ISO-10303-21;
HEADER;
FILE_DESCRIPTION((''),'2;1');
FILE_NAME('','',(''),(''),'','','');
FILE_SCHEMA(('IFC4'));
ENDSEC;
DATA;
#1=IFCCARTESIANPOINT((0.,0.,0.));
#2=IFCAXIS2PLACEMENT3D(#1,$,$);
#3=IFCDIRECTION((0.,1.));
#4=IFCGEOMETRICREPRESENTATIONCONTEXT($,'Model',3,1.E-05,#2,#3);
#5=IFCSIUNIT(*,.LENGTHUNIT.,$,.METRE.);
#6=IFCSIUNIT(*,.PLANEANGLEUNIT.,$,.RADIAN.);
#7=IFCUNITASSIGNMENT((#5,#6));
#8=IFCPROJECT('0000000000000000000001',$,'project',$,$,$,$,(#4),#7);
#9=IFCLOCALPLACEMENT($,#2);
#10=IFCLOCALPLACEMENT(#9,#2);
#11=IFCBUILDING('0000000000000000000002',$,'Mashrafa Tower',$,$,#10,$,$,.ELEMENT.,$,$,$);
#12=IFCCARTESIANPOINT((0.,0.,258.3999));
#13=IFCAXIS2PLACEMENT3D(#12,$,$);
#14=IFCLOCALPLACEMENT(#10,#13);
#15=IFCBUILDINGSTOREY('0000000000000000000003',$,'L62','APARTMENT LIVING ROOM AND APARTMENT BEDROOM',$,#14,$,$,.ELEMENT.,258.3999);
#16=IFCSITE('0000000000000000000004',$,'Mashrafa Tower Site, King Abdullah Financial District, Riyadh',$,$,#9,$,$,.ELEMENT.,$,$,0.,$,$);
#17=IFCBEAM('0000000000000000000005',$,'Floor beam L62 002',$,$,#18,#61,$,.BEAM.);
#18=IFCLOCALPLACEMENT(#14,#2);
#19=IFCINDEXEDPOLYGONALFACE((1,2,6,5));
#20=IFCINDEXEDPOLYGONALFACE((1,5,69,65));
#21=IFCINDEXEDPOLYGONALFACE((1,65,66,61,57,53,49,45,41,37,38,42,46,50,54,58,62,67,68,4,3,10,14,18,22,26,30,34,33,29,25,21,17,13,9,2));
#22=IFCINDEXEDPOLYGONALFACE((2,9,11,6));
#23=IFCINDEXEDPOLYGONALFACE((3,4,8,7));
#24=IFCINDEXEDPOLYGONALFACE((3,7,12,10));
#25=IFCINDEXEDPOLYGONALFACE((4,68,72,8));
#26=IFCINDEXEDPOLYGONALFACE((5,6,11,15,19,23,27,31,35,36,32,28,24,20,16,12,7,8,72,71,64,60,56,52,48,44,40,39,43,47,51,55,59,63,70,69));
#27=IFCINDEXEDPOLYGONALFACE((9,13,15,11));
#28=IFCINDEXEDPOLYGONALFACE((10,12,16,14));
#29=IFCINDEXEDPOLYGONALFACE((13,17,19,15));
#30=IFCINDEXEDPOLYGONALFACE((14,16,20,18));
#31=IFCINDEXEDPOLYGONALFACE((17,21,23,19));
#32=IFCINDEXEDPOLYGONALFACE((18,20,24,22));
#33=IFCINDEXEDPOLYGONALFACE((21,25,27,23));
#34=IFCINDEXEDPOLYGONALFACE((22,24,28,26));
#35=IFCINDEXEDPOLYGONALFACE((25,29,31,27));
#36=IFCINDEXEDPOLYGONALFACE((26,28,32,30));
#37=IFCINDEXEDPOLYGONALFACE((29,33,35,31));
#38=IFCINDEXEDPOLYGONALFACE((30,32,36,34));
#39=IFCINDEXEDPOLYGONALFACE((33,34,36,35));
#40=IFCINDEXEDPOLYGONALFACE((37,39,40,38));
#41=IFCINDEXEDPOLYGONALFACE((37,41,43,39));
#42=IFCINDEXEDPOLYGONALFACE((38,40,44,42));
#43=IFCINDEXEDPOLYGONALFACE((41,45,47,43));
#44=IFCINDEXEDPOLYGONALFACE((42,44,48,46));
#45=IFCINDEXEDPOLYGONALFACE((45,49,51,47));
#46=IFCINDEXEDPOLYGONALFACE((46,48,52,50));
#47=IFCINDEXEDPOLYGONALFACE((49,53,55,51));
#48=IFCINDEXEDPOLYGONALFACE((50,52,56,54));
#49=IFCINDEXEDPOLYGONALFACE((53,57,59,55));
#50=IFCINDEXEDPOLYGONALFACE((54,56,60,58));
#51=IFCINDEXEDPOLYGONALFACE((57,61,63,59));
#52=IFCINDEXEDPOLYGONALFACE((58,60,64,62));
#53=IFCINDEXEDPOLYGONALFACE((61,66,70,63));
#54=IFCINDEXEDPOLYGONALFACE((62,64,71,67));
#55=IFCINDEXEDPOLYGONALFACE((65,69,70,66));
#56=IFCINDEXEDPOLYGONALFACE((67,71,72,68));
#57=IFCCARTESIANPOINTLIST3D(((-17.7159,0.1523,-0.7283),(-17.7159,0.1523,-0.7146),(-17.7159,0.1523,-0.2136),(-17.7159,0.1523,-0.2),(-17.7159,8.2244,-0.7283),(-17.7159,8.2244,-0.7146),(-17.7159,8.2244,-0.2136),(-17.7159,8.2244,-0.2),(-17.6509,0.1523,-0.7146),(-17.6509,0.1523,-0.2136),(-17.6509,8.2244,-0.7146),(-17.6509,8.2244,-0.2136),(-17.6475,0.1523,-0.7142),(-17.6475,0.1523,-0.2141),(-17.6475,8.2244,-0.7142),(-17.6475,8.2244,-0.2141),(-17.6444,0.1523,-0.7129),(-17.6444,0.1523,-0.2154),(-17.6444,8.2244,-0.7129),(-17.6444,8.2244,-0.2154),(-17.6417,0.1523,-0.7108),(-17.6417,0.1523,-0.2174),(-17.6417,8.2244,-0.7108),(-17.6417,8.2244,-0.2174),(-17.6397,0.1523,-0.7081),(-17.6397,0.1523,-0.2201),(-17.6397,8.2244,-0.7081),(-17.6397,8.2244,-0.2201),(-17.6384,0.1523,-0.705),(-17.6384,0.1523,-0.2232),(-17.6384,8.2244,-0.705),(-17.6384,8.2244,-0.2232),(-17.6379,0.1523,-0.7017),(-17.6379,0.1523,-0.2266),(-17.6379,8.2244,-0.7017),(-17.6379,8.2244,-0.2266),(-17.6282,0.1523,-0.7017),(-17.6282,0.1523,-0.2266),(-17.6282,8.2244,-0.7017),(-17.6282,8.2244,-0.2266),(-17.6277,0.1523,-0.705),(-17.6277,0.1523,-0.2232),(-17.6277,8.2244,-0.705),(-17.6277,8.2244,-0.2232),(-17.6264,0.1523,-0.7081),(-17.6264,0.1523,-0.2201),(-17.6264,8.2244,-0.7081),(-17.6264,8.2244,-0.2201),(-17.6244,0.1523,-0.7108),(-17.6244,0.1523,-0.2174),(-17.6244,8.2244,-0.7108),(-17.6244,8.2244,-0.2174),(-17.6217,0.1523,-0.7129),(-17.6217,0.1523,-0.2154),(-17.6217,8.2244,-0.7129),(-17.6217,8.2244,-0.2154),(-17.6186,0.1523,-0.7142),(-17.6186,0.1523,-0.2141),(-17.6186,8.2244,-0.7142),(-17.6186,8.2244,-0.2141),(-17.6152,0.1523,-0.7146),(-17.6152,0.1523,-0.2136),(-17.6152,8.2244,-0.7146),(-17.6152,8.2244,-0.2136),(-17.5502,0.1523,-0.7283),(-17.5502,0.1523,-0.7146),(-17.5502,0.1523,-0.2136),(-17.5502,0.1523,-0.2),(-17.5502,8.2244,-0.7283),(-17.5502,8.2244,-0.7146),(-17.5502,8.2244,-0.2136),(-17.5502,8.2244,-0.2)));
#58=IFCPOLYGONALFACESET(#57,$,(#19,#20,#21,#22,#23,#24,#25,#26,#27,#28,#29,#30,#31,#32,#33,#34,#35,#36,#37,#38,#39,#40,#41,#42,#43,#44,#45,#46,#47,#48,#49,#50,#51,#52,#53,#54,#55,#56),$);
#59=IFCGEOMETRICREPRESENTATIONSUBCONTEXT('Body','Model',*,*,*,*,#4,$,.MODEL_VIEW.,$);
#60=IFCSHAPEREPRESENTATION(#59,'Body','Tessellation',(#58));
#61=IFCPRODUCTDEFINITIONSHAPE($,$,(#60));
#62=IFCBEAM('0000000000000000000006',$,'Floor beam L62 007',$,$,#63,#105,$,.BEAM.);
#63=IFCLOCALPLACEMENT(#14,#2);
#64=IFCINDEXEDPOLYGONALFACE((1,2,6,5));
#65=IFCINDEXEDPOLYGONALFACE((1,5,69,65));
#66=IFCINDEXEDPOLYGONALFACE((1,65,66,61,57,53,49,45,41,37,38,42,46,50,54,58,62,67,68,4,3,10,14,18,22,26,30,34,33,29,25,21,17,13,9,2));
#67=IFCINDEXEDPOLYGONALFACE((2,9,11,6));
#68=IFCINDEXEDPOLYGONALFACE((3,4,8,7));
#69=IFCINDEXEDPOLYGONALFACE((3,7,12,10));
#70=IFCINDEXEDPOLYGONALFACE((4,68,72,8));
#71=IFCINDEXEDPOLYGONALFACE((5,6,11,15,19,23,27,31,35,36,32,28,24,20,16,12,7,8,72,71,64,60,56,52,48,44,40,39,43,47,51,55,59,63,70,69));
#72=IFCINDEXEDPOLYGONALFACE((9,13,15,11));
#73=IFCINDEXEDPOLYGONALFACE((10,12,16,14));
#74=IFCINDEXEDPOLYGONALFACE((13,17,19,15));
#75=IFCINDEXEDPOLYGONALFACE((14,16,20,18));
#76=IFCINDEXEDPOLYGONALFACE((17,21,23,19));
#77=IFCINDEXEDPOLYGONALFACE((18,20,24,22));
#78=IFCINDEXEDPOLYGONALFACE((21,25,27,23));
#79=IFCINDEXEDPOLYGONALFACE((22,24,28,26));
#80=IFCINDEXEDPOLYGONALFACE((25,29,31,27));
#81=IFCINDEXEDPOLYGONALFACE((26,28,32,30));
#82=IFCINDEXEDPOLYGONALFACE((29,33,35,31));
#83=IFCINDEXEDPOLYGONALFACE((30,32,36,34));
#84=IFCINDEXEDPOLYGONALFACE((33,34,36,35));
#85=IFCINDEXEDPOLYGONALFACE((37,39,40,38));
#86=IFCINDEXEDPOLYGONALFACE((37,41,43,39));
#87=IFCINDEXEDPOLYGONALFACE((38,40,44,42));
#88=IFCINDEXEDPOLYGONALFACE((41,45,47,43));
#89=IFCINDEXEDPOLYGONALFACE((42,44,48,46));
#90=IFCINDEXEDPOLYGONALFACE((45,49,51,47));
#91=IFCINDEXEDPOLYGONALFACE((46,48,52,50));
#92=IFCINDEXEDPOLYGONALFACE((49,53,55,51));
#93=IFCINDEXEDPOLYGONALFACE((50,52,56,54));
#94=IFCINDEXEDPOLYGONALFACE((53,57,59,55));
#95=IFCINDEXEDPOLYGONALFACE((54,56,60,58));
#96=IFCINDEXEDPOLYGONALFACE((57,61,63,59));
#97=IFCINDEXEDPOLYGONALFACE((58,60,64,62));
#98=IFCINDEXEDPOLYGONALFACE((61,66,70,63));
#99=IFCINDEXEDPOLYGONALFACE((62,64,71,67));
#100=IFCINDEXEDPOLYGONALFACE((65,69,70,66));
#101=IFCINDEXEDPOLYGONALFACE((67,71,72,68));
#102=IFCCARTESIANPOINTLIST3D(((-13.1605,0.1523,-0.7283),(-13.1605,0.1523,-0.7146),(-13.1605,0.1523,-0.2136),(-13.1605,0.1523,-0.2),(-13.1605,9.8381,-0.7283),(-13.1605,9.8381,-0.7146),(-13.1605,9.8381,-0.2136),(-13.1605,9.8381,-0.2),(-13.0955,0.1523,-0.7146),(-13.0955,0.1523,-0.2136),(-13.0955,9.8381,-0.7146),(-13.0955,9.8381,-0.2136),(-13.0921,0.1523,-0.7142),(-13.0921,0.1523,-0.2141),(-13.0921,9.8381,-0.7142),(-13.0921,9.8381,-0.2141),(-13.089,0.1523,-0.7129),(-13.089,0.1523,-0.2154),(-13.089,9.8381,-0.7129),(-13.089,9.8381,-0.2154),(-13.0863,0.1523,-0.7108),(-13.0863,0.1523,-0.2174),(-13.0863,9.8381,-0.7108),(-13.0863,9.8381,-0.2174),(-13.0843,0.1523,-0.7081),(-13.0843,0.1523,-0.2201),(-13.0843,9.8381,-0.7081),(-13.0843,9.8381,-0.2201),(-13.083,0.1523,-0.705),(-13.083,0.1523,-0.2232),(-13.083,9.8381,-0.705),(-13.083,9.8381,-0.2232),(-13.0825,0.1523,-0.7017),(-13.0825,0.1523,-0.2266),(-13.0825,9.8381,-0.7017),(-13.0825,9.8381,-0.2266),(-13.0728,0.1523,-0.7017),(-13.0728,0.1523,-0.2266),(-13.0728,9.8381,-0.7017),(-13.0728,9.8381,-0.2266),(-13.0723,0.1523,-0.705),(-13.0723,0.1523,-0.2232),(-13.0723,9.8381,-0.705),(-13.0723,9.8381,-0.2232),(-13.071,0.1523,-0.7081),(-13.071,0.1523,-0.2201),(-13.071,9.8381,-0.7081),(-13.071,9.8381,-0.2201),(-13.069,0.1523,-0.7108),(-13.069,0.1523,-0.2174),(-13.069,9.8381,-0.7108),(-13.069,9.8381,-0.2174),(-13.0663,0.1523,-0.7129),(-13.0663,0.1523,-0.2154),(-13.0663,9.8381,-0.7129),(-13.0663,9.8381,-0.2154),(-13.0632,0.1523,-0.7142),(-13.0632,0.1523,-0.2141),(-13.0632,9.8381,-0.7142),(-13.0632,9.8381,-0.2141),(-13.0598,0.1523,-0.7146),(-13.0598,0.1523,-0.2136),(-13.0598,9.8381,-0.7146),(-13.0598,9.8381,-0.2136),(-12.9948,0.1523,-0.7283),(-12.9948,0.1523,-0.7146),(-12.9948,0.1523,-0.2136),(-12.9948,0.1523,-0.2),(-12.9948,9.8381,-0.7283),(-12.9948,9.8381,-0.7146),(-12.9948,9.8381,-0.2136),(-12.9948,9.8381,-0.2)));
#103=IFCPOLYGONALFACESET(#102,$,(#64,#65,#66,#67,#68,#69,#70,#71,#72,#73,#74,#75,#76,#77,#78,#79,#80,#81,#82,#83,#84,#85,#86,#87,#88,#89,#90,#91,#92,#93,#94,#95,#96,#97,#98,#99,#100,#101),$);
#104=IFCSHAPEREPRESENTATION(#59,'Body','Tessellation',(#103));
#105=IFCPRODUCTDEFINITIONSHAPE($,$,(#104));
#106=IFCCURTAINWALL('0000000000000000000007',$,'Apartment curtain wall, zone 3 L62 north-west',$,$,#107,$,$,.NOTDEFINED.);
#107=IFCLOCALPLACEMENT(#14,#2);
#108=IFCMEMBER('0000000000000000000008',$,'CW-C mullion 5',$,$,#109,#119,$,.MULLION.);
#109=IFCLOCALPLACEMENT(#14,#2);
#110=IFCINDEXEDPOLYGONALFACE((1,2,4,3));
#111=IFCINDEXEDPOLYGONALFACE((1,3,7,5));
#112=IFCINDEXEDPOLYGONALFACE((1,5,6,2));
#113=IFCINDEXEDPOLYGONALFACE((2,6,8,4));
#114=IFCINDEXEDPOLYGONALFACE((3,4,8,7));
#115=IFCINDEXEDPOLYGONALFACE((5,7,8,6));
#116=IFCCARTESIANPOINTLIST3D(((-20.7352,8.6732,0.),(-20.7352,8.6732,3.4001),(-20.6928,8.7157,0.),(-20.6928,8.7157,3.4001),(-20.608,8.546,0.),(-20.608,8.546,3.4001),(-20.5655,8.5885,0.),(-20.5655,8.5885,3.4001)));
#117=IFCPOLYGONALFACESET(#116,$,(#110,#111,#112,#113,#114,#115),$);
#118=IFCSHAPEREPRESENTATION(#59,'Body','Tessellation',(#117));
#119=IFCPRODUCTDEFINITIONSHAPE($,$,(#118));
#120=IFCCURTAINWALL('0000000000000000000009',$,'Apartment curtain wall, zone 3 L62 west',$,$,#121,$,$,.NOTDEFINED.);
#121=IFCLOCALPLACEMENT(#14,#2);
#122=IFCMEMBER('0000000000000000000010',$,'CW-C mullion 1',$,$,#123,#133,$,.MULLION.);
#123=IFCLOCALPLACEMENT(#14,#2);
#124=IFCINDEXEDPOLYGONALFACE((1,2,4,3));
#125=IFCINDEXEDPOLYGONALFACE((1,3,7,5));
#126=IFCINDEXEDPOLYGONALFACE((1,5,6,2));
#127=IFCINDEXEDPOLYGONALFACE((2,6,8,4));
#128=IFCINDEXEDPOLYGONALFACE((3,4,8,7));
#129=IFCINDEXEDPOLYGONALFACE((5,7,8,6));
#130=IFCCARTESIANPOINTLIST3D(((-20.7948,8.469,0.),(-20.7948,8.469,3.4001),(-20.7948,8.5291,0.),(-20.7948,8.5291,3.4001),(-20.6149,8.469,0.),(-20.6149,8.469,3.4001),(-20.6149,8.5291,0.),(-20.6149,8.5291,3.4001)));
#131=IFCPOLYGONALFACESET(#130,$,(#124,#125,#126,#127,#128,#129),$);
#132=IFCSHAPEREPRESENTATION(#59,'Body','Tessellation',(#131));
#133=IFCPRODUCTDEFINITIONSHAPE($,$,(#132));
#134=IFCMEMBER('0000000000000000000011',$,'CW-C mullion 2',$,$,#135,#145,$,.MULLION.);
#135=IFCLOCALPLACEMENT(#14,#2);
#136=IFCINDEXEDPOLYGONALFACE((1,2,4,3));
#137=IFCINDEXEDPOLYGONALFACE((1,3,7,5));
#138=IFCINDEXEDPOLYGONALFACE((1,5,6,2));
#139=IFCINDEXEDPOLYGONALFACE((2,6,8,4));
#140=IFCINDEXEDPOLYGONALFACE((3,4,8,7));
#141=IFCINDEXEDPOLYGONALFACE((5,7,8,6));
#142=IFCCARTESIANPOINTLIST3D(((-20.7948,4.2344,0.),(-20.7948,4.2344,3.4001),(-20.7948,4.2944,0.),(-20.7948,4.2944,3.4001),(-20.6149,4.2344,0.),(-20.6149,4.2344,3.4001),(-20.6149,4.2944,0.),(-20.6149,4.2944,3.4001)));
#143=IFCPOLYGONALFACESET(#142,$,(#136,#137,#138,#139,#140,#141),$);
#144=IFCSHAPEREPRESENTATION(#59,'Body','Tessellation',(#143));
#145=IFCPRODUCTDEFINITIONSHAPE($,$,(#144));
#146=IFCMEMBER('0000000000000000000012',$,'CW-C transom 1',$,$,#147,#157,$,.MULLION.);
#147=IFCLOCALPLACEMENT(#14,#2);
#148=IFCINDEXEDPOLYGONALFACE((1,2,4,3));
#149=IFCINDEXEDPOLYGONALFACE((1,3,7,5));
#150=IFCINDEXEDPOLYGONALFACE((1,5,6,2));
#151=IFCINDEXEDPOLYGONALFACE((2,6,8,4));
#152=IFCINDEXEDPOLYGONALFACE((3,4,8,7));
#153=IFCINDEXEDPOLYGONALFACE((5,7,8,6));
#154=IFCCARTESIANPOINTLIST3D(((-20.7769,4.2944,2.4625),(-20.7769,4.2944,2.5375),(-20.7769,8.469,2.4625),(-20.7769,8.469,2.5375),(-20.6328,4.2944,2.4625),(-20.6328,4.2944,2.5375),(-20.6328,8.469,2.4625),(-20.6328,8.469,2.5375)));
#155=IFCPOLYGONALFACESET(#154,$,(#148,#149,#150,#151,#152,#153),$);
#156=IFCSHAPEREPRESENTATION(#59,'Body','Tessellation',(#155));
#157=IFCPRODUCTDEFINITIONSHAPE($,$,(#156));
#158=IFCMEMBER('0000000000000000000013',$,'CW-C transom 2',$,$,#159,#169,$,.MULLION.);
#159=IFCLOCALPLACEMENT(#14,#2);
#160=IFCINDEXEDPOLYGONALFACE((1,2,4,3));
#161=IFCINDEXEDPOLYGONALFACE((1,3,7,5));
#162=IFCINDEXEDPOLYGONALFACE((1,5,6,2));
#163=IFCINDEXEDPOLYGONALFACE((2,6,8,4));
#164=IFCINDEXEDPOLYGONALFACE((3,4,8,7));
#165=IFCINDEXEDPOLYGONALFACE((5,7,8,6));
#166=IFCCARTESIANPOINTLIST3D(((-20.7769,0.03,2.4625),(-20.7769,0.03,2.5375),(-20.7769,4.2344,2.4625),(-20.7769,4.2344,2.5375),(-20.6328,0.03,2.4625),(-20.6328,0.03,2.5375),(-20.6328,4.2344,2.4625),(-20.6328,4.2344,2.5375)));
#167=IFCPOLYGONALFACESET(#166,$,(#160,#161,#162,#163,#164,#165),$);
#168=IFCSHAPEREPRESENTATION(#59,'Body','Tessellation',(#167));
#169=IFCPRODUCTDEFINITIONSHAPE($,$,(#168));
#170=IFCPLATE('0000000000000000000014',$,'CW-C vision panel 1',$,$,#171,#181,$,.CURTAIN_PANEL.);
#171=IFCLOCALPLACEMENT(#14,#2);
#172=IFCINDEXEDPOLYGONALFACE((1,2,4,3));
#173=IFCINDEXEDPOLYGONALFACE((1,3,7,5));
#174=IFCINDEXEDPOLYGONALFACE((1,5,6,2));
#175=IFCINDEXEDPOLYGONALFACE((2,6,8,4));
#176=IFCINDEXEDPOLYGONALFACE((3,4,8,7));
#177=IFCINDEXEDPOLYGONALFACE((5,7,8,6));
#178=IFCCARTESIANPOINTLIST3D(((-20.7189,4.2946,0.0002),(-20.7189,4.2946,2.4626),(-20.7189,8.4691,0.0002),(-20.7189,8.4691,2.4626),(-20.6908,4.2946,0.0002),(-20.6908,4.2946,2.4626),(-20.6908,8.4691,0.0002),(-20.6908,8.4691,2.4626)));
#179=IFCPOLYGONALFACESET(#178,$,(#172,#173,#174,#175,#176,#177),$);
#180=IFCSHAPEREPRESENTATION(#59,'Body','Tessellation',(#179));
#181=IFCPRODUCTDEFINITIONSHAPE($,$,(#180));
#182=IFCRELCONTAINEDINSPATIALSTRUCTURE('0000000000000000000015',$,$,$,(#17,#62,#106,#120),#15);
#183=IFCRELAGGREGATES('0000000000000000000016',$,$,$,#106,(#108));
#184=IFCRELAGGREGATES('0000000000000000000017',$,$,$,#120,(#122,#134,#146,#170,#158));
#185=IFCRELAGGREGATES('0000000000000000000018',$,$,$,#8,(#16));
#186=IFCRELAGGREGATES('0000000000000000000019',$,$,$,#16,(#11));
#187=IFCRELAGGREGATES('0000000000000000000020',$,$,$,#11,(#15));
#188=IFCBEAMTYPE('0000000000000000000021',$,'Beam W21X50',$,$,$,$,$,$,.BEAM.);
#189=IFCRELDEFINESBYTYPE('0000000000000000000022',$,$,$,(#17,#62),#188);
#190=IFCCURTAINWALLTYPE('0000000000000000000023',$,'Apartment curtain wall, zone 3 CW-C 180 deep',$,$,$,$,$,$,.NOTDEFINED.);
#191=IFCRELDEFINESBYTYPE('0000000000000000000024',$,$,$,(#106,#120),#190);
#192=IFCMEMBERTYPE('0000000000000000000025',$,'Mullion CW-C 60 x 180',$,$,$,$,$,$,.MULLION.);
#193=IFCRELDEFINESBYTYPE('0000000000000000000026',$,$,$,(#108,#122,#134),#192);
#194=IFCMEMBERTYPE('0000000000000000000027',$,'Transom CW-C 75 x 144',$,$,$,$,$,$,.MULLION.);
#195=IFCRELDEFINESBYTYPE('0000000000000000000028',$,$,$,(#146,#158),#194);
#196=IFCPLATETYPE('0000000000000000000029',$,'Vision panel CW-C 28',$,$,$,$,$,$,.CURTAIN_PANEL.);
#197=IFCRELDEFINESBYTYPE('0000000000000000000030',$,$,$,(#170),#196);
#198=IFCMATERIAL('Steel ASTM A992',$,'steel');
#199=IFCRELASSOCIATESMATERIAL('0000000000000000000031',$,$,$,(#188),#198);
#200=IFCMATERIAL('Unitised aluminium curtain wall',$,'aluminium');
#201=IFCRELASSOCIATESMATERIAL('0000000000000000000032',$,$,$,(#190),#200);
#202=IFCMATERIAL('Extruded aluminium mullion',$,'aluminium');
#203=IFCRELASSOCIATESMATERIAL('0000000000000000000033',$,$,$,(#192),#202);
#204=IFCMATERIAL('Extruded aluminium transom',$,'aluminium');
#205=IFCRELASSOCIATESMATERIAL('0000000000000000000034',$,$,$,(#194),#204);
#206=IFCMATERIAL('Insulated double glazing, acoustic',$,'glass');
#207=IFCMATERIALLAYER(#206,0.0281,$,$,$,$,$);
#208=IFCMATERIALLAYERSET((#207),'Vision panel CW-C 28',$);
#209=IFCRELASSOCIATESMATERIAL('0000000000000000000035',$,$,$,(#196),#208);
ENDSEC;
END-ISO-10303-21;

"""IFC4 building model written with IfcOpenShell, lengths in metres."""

from ifc_helpers import new_model, si_unit, direction, frame, origin, origin_2d, place, context, subcontext, project, spatial, rectangle, i_section, extrude, source, transform, mapped, material, layer, layer_set, material_profile, profile_set, type_object, type_shapes, element, aggregate, save


model = new_model("IFC4")

# Units and contexts
model_context = context("Model", 3, precision=1e-05, world=origin(), true_north=direction((0.0, 1.0)))
body_context = subcontext(model_context, "Body", "Model", "MODEL_VIEW")
ifc_project = project(units=[si_unit("LENGTHUNIT", "METRE"), si_unit("PLANEANGLEUNIT", "RADIAN")], contexts=[model_context])

# Site, building, storey
site_placement = place(None, origin())
site = spatial("IfcSite", under=ifc_project, at=site_placement, Name="Mashrafa Tower Site, King Abdullah Financial District, Riyadh", CompositionType="ELEMENT", RefElevation=0.0)
building_placement = place(site_placement, origin())
building = spatial("IfcBuilding", under=site, at=building_placement, Name="Mashrafa Tower", CompositionType="ELEMENT")
storey_placement = place(building_placement, frame((0.0, 0.0, 258.3999)))
storey = spatial("IfcBuildingStorey", under=building, at=storey_placement, Name="L62", Description="APARTMENT LIVING ROOM AND APARTMENT BEDROOM", CompositionType="ELEMENT", Elevation=258.3999)

# Beams
ifc_material_1 = material(Name="Steel ASTM A992", Category="steel")
ifc_material_profile_1 = material_profile(ifc_material_1, i_section(OverallWidth=0.1658, OverallDepth=0.5283, WebThickness=0.0098, FlangeThickness=0.0137, FilletRadius=0.0129, at=origin_2d()), Name="W21X50")
ifc_profile_set_1 = profile_set([ifc_material_profile_1], Name="Steel ASTM A992")
beam_type_1 = type_object("IfcBeamType", Name="Beam W21X50", PredefinedType="BEAM", material=ifc_profile_set_1)
beam_1_placement = place(storey_placement, frame((-17.6331, 0.1523, -0.4641), z_axis=(0.0, 1.0, 0.0), x_axis=(-1.0, 0.0, 0.0)))
element("IfcBeam", 1, at=beam_1_placement, inside=storey, type_object=beam_type_1, Name="Floor beam L62 002", PredefinedType="BEAM", context=body_context, shape_type="SweptSolid", body=[
    extrude(i_section(OverallWidth=0.1658, OverallDepth=0.5283, WebThickness=0.0098, FlangeThickness=0.0137, FilletRadius=0.0129, at=origin_2d()), origin(), (0.0, 0.0, 1.0), 8.072),
])
beam_2_placement = place(storey_placement, frame((-13.0776, 0.1523, -0.4641), z_axis=(0.0, 1.0, 0.0), x_axis=(-1.0, 0.0, 0.0)))
element("IfcBeam", 2, at=beam_2_placement, inside=storey, type_object=beam_type_1, Name="Floor beam L62 007", PredefinedType="BEAM", context=body_context, shape_type="SweptSolid", body=[
    extrude(i_section(OverallWidth=0.1658, OverallDepth=0.5283, WebThickness=0.0098, FlangeThickness=0.0137, FilletRadius=0.0129, at=origin_2d()), origin(), (0.0, 0.0, 1.0), 9.6858),
])

# Curtain wall, member
ifc_material_2 = material(Name="Unitised aluminium curtain wall", Category="aluminium")
curtain_wall_type = type_object("IfcCurtainWallType", Name="Apartment curtain wall, zone 3 CW-C 180 deep", PredefinedType="NOTDEFINED", material=ifc_material_2)
curtain_wall_1_placement = place(storey_placement, origin())
curtain_wall_1 = element("IfcCurtainWall", 3, at=curtain_wall_1_placement, inside=storey, type_object=curtain_wall_type, Name="Apartment curtain wall, zone 3 L62 north-west", PredefinedType="NOTDEFINED")
ifc_material_3 = material(Name="Extruded aluminium mullion", Category="aluminium")
ifc_material_profile_2 = material_profile(ifc_material_3, rectangle(XDim=0.1799, YDim=0.0601, at=origin_2d()), Name="Mullion 60x180")
ifc_profile_set_2 = profile_set([ifc_material_profile_2], Name="Extruded aluminium mullion")
member_type_1 = type_object("IfcMemberType", Name="Mullion CW-C 60 x 180", PredefinedType="MULLION", material=ifc_profile_set_2)
shared_shape_1 = source(origin(), body_context, "Body", "SweptSolid", [
    extrude(rectangle(XDim=0.1799, YDim=0.0601, at=origin_2d()), origin(), (0.0, 0.0, 1.0), 3.4001),
])
type_shapes(member_type_1, [shared_shape_1])
member_1_placement = place(storey_placement, frame((-20.6504, 8.6309, 0.0), z_axis=(0.0, 0.0, 1.0), x_axis=(0.707107, -0.707107, 0.0)))
member_1 = element("IfcMember", 4, at=member_1_placement, type_object=member_type_1, Name="CW-C mullion 5", PredefinedType="MULLION", context=body_context, shape_type="MappedRepresentation", body=[
    mapped(shared_shape_1, transform((0.0, 0.0, 0.0))),
])
aggregate(curtain_wall_1, [member_1])

# Curtain wall, members, plate
curtain_wall_2_placement = place(storey_placement, origin())
curtain_wall_2 = element("IfcCurtainWall", 5, at=curtain_wall_2_placement, inside=storey, type_object=curtain_wall_type, Name="Apartment curtain wall, zone 3 L62 west", PredefinedType="NOTDEFINED")
member_2_placement = place(storey_placement, frame((-20.7048, 8.499, 0.0), z_axis=(0.0, 0.0, 1.0), x_axis=(1.0, 0.0, 0.0)))
member_2 = element("IfcMember", 6, at=member_2_placement, type_object=member_type_1, Name="CW-C mullion 1", PredefinedType="MULLION", context=body_context, shape_type="MappedRepresentation", body=[
    mapped(shared_shape_1, transform((0.0, 0.0, 0.0))),
])
member_3_placement = place(storey_placement, frame((-20.7048, 4.2644, 0.0), z_axis=(0.0, 0.0, 1.0), x_axis=(1.0, 0.0, 0.0)))
member_3 = element("IfcMember", 7, at=member_3_placement, type_object=member_type_1, Name="CW-C mullion 2", PredefinedType="MULLION", context=body_context, shape_type="MappedRepresentation", body=[
    mapped(shared_shape_1, transform((0.0, 0.0, 0.0))),
])
ifc_material_4 = material(Name="Extruded aluminium transom", Category="aluminium")
ifc_material_profile_3 = material_profile(ifc_material_4, rectangle(XDim=0.144, YDim=0.075, at=origin_2d()), Name="Transom 75x144")
ifc_profile_set_3 = profile_set([ifc_material_profile_3], Name="Extruded aluminium transom")
member_type_2 = type_object("IfcMemberType", Name="Transom CW-C 75 x 144", PredefinedType="MULLION", material=ifc_profile_set_3)
shared_shape_2 = source(origin(), body_context, "Body", "SweptSolid", [
    extrude(rectangle(XDim=0.144, YDim=0.075, at=origin_2d()), origin(), (0.0, 0.0, 1.0), 4.1746),
])
member_4_placement = place(storey_placement, frame((-20.7048, 8.469, 2.5), z_axis=(0.0, -1.0, 0.0), x_axis=(1.0, 0.0, 0.0)))
member_4 = element("IfcMember", 8, at=member_4_placement, type_object=member_type_2, Name="CW-C transom 1", PredefinedType="MULLION", context=body_context, shape_type="MappedRepresentation", body=[
    mapped(shared_shape_2, transform((0.0, 0.0, 0.0))),
])
shared_shape_3 = source(origin(), body_context, "Body", "SweptSolid", [
    extrude(rectangle(XDim=0.144, YDim=0.075, at=origin_2d()), origin(), (0.0, 0.0, 1.0), 4.2043),
])
type_shapes(member_type_2, [shared_shape_2, shared_shape_3])
member_5_placement = place(storey_placement, frame((-20.7048, 4.2344, 2.5), z_axis=(0.0, -1.0, 0.0), x_axis=(1.0, 0.0, 0.0)))
member_5 = element("IfcMember", 9, at=member_5_placement, type_object=member_type_2, Name="CW-C transom 2", PredefinedType="MULLION", context=body_context, shape_type="MappedRepresentation", body=[
    mapped(shared_shape_3, transform((0.0, 0.0, 0.0))),
])
ifc_material_5 = material(Name="Insulated double glazing, acoustic", Category="glass")
ifc_layer_1 = layer(ifc_material_5, 0.0281)
ifc_layer_set_1 = layer_set([ifc_layer_1], Name="Vision panel CW-C 28")
plate_type_1 = type_object("IfcPlateType", Name="Vision panel CW-C 28", PredefinedType="CURTAIN_PANEL", material=ifc_layer_set_1)
shared_shape_4 = source(origin(), body_context, "Body", "SweptSolid", [
    extrude(rectangle(XDim=4.1746, YDim=0.0281, at=origin_2d()), origin(), (0.0, 0.0, 1.0), 2.4624),
])
plate_1_placement = place(storey_placement, frame((-20.7048, 6.3818, 0.0002), z_axis=(0.0, 0.0, 1.0), x_axis=(0.0, -1.0, 0.0)))
plate_1 = element("IfcPlate", 10, at=plate_1_placement, type_object=plate_type_1, Name="CW-C vision panel 1", PredefinedType="CURTAIN_PANEL", context=body_context, shape_type="MappedRepresentation", body=[
    mapped(shared_shape_4, transform((0.0, 0.0, 0.0))),
])
aggregate(curtain_wall_2, [member_2, member_3, member_4, plate_1, member_5])

save(model, "model.ifc")
